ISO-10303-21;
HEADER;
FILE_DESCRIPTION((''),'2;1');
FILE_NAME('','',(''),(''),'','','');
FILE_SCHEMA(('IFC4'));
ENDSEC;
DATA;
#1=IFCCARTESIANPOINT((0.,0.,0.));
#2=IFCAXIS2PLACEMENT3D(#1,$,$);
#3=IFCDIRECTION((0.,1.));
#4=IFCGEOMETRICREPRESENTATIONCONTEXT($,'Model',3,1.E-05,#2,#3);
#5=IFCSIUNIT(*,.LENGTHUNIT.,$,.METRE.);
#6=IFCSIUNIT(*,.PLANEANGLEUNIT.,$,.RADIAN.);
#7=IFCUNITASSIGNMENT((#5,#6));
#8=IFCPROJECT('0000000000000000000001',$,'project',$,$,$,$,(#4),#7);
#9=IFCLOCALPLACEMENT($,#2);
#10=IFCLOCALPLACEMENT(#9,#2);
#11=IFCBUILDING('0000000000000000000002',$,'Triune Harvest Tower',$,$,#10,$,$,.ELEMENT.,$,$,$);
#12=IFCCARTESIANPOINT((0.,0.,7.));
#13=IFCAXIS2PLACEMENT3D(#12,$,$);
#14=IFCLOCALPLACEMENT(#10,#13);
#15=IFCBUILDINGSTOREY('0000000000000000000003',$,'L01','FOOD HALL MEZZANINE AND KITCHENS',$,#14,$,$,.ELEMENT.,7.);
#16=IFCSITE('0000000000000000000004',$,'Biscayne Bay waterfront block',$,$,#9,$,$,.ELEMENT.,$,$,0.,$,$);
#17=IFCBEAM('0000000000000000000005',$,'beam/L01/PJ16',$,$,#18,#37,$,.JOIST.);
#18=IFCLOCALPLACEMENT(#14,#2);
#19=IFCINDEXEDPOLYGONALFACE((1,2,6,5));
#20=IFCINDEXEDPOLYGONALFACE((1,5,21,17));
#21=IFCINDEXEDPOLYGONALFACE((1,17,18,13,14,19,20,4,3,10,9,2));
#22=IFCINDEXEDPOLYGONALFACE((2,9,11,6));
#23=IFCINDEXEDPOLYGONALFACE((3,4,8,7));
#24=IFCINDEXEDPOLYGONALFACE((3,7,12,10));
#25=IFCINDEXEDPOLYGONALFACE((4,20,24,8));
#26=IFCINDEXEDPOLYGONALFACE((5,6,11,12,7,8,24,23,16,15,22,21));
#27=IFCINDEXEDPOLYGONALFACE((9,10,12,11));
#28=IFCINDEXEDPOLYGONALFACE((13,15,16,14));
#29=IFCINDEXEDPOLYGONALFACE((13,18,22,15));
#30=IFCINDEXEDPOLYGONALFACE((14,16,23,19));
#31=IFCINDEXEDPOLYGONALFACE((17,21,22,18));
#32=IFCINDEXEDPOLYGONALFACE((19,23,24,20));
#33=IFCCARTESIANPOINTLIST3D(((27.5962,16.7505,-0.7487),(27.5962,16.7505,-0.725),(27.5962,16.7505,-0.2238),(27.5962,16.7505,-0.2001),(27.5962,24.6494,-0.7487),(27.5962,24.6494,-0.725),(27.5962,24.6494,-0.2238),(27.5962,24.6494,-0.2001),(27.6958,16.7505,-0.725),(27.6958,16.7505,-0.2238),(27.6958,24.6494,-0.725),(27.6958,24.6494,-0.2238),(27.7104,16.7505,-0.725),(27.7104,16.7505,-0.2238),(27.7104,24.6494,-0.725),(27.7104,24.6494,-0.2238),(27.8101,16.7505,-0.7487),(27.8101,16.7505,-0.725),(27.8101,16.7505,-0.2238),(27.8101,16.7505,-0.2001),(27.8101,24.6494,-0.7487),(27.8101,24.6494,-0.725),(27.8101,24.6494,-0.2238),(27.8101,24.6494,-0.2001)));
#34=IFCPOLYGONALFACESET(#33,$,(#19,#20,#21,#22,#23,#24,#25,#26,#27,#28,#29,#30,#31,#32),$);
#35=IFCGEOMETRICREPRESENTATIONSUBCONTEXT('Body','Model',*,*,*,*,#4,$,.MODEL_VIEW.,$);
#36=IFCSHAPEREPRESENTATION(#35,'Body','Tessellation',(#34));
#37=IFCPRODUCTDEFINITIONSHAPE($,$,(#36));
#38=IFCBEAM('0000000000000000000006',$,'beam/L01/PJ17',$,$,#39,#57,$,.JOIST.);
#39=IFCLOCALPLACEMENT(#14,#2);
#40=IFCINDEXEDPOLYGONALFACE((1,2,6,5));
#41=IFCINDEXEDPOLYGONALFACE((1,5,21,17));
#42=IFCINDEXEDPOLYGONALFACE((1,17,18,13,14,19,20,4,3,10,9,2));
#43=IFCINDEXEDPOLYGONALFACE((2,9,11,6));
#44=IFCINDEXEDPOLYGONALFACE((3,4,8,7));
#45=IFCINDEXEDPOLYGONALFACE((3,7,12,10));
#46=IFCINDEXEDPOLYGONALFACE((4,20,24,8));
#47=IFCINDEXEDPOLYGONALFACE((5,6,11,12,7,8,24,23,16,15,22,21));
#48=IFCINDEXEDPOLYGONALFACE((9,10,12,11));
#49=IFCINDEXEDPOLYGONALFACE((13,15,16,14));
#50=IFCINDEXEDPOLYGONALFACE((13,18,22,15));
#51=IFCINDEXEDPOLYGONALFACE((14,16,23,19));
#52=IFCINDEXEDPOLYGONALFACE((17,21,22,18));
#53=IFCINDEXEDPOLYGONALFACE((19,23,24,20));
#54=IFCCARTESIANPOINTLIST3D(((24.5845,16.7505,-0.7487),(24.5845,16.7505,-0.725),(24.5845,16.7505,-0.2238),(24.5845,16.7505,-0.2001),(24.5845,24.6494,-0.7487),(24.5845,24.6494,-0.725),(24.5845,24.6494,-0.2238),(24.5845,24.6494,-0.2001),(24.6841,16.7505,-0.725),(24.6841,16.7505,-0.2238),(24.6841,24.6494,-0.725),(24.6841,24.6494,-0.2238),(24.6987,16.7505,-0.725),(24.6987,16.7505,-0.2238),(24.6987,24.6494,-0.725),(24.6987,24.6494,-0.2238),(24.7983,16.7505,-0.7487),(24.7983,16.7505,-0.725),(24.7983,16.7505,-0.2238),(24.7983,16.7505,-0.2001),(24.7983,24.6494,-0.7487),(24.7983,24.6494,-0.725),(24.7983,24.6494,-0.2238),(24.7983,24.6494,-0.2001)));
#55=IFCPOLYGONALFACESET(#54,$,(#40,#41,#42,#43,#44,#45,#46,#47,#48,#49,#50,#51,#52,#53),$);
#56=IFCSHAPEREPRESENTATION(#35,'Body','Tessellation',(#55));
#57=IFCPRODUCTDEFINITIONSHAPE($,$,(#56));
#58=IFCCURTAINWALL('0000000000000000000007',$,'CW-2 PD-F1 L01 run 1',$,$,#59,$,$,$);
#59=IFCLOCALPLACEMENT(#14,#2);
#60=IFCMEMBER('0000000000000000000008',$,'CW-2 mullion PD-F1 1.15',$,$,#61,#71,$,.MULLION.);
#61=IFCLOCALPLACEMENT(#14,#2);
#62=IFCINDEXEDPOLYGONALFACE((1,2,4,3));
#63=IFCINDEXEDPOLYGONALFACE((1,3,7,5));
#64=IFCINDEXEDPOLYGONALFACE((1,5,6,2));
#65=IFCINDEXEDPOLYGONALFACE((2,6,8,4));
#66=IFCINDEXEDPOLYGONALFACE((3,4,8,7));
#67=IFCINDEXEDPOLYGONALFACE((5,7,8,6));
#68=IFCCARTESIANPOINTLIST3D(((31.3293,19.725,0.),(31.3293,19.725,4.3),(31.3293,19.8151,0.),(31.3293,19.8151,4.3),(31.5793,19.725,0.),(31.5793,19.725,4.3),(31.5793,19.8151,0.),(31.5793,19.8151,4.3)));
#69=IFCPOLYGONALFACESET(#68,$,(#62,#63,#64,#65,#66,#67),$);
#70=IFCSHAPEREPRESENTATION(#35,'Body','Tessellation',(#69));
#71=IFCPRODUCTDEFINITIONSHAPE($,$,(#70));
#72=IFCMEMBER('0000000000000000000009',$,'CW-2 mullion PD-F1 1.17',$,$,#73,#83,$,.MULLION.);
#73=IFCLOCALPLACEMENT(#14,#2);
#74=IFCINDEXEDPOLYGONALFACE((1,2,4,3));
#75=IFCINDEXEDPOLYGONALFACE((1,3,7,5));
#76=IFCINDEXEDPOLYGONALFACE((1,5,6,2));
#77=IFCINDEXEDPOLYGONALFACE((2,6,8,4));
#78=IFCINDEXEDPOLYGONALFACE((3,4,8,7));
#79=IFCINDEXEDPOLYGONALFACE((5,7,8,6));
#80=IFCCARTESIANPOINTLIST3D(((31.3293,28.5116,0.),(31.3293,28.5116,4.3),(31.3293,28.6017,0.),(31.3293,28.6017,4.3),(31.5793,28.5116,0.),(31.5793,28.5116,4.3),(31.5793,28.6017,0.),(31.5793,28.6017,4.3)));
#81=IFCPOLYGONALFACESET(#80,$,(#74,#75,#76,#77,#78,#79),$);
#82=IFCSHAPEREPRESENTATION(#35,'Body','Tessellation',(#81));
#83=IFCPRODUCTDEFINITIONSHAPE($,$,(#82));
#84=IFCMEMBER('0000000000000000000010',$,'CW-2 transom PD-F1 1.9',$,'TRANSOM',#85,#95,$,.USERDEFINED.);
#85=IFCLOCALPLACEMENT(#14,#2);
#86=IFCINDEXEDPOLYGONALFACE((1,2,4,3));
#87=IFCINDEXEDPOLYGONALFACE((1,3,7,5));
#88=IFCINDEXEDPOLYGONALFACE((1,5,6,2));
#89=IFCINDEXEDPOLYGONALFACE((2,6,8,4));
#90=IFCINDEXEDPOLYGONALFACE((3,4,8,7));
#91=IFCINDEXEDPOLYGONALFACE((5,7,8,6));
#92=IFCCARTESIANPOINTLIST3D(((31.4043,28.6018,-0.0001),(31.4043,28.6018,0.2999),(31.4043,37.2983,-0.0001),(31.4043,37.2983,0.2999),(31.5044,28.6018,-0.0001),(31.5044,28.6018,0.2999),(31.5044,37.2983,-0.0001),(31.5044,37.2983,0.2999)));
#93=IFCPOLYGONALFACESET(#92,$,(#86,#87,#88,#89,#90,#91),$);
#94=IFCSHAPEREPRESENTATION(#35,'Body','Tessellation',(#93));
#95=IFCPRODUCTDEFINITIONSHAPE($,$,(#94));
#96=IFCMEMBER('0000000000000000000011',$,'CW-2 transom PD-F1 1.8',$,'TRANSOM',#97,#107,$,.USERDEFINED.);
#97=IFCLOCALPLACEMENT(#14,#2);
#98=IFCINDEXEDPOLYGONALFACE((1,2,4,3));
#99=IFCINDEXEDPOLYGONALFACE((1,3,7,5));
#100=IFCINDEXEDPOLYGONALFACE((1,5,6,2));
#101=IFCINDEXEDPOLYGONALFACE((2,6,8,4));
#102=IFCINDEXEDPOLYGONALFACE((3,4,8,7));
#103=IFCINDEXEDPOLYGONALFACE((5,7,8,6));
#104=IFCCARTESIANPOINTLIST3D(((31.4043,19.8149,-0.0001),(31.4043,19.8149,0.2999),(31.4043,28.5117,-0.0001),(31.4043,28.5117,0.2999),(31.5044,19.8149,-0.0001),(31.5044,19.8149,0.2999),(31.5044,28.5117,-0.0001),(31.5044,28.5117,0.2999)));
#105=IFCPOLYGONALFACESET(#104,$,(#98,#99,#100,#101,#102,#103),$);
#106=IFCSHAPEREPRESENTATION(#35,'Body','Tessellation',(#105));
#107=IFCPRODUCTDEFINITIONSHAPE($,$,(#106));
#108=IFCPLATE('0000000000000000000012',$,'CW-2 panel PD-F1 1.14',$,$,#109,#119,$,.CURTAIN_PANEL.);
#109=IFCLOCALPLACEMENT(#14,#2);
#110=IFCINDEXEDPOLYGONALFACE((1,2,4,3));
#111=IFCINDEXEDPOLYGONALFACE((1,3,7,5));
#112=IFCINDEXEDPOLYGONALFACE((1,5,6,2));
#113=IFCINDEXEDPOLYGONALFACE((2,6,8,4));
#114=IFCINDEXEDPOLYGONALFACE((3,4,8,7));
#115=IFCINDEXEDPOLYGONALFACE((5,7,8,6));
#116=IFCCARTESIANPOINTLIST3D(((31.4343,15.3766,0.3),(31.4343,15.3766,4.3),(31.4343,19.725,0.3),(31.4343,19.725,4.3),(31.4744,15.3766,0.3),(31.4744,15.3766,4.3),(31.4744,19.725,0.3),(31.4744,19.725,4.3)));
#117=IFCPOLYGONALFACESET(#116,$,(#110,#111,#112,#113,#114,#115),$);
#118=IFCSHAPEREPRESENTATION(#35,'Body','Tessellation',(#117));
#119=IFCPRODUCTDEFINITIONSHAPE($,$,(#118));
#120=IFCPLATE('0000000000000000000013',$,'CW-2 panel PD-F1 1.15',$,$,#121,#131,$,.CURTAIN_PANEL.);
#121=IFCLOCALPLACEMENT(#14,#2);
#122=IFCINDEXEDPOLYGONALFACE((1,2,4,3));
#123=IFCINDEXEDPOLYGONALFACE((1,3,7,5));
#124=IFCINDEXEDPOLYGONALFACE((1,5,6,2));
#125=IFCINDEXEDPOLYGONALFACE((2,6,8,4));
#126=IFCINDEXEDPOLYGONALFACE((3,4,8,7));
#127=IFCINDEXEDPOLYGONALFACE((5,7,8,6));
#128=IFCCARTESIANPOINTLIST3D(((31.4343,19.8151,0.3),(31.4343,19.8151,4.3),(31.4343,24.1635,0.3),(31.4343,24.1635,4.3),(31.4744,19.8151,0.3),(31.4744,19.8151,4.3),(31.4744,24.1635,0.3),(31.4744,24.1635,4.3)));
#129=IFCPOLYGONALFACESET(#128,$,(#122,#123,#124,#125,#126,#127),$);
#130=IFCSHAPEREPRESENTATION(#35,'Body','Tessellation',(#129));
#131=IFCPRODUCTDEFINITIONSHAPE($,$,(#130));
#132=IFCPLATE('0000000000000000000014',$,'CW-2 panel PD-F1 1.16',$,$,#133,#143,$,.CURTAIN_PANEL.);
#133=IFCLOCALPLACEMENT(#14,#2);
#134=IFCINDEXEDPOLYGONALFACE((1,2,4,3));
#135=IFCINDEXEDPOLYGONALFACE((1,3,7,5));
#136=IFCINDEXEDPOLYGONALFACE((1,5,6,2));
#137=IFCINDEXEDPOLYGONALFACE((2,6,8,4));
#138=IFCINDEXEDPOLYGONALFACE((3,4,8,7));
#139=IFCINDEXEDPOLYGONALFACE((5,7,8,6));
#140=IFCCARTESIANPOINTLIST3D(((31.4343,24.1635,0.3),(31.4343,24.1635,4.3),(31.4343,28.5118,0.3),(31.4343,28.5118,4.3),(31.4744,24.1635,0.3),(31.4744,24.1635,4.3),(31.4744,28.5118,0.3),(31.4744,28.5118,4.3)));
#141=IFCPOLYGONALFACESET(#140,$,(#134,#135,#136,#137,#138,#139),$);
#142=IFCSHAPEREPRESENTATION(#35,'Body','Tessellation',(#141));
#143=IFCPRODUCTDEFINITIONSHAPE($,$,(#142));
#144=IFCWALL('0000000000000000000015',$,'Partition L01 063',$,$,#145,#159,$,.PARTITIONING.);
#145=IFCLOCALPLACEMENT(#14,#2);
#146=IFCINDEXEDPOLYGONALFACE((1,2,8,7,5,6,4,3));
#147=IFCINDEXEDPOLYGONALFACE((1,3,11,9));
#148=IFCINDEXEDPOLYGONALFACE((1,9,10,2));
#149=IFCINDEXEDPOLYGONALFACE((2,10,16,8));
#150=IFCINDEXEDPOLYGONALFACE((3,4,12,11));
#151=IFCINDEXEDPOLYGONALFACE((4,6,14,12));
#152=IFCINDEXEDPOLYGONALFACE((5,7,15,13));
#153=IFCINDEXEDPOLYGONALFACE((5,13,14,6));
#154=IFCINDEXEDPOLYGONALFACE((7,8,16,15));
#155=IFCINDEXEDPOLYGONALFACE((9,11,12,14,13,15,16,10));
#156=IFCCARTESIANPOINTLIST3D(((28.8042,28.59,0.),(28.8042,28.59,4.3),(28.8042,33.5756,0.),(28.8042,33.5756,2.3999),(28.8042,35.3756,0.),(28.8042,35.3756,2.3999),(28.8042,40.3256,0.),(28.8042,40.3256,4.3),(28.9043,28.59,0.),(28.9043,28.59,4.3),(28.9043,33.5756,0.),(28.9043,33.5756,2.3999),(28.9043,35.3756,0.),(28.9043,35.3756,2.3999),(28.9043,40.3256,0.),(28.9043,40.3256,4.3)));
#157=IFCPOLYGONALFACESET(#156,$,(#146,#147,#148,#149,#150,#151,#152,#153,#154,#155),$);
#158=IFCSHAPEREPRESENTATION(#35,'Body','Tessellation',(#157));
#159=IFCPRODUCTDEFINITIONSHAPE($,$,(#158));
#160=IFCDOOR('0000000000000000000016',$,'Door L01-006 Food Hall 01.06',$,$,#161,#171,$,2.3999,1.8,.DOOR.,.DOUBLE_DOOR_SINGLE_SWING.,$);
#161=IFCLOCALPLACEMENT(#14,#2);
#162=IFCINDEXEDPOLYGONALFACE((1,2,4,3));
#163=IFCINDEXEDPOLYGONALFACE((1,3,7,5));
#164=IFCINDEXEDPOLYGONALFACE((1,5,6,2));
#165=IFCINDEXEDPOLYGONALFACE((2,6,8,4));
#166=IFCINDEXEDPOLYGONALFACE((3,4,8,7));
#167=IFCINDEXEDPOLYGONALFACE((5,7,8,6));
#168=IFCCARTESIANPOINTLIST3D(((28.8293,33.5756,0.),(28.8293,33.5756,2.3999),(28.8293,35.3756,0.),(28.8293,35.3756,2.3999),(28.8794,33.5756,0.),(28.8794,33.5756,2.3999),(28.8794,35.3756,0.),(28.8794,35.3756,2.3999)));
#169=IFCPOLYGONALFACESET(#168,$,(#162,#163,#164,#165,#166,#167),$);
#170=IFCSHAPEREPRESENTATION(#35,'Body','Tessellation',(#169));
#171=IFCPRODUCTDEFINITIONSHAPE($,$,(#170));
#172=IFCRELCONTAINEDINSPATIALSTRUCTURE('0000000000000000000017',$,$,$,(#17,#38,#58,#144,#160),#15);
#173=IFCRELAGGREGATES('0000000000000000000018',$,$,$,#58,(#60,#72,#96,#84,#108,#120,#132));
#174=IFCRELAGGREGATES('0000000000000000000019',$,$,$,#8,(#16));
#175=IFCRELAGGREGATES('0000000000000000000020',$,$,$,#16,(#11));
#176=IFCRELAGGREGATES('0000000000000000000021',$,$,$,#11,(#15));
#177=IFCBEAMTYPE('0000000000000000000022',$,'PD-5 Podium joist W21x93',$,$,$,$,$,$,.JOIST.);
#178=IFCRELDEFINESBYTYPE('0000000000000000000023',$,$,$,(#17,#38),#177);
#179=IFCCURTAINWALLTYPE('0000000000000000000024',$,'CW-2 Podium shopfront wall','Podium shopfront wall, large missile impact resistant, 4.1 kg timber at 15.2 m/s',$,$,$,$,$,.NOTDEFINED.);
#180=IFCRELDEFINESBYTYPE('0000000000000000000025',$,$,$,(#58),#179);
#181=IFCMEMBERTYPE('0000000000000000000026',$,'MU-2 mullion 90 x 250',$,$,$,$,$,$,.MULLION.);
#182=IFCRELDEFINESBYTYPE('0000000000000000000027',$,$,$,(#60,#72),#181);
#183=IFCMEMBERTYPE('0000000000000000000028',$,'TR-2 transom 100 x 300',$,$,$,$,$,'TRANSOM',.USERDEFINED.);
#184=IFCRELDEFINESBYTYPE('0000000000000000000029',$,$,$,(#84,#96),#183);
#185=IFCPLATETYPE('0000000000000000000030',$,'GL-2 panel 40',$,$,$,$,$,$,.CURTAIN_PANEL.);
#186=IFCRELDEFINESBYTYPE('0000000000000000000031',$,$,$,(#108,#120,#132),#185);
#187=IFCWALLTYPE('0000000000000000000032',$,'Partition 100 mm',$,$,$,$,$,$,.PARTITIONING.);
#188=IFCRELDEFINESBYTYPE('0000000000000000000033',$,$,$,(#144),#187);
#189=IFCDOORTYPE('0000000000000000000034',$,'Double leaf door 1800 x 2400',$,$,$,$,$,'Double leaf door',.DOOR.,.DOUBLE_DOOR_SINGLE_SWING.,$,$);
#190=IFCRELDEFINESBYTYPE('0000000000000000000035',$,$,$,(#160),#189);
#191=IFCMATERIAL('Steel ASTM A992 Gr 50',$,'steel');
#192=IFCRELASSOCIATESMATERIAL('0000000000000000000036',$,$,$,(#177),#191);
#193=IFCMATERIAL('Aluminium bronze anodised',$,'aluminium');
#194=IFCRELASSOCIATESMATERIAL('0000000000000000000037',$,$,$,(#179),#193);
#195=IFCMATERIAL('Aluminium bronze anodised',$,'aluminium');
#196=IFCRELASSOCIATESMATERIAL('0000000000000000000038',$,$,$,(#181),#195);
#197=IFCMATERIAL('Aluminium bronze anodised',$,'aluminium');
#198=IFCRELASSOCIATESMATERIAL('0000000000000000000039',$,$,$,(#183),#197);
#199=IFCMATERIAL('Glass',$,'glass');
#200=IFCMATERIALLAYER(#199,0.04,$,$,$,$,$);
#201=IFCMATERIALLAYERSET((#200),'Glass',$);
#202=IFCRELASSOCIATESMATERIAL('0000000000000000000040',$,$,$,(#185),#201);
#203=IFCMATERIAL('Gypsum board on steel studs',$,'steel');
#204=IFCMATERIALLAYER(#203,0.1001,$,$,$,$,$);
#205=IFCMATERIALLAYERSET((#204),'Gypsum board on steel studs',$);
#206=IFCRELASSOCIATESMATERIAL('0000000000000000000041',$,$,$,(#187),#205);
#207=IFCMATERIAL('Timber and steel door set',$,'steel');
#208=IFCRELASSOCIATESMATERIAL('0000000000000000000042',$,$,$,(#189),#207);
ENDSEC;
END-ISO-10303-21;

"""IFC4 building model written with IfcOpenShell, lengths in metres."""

from ifc_helpers import new_model, si_unit, direction, frame, frame_2d, origin, origin_2d, place, context, subcontext, project, spatial, rectangle, i_section, extrude, source, transform, mapped, material, layer, layer_set, material_profile, profile_set, type_object, element, fill, aggregate, save


model = new_model("IFC4")

# Units and contexts
model_context = context("Model", 3, precision=1e-05, world=origin(), true_north=direction((0.0, 1.0)))
body_context = subcontext(model_context, "Body", "Model", "MODEL_VIEW")
ifc_project = project(units=[si_unit("LENGTHUNIT", "METRE"), si_unit("PLANEANGLEUNIT", "RADIAN")], contexts=[model_context])

# Site, building, storey
site_placement = place(None, origin())
site = spatial("IfcSite", under=ifc_project, at=site_placement, Name="Biscayne Bay waterfront block", CompositionType="ELEMENT", RefElevation=0.0)
building_placement = place(site_placement, origin())
building = spatial("IfcBuilding", under=site, at=building_placement, Name="Triune Harvest Tower", CompositionType="ELEMENT")
storey_placement = place(building_placement, frame((0.0, 0.0, 7.0)))
storey = spatial("IfcBuildingStorey", under=building, at=storey_placement, Name="L01", Description="FOOD HALL MEZZANINE AND KITCHENS", CompositionType="ELEMENT", Elevation=7.0)

# Beams
ifc_material_1 = material(Name="Steel ASTM A992 Gr 50", Category="steel")
ifc_material_profile_1 = material_profile(ifc_material_1, i_section(OverallWidth=0.2139, OverallDepth=0.5486, WebThickness=0.0146, FlangeThickness=0.0237, at=origin_2d()), Name="W21x93")
ifc_profile_set_1 = profile_set([ifc_material_profile_1], Name="Steel ASTM A992 Gr 50")
beam_type_1 = type_object("IfcBeamType", Name="PD-5 Podium joist W21x93", PredefinedType="JOIST", material=ifc_profile_set_1)
shared_shape_1 = source(origin(), body_context, "Body", "SweptSolid", [
    extrude(i_section(OverallWidth=0.2139, OverallDepth=0.5486, WebThickness=0.0146, FlangeThickness=0.0237, at=origin_2d()), origin(), (0.0, 0.0, 1.0), 7.8989),
])
for number, where, z_axis, x_axis, name in (
    (1, (27.7031, 16.7505, -0.4744), (0.0, 1.0, 0.0), (-1.0, 0.0, 0.0), "beam/L01/PJ16"),
    (2, (24.6914, 16.7505, -0.4744), (0.0, 1.0, 0.0), (-1.0, 0.0, 0.0), "beam/L01/PJ17"),
):
    element("IfcBeam", number, at=place(storey_placement, frame(where, z_axis=z_axis, x_axis=x_axis)), inside=storey, type_object=beam_type_1, Name=name, PredefinedType="JOIST", context=body_context, shape_type="MappedRepresentation", body=[
        mapped(shared_shape_1, transform((0.0, 0.0, 0.0), scale=1.0)),
    ])

# Curtain wall, members, plates
ifc_material_2 = material(Name="Aluminium bronze anodised", Category="aluminium")
curtain_wall_type = type_object("IfcCurtainWallType", Name="CW-2 Podium shopfront wall", Description="Podium shopfront wall, large missile impact resistant, 4.1 kg timber at 15.2 m/s", PredefinedType="NOTDEFINED", material=ifc_material_2)
curtain_wall_placement = place(storey_placement, origin())
curtain_wall = element("IfcCurtainWall", 3, at=curtain_wall_placement, inside=storey, type_object=curtain_wall_type, Name="CW-2 PD-F1 L01 run 1")
ifc_material_3 = material(Name="Aluminium bronze anodised", Category="aluminium")
ifc_material_profile_2 = material_profile(ifc_material_3, rectangle(XDim=0.25, YDim=0.0901, at=origin_2d()), Name="MU-2 mullion 90 x 250")
ifc_profile_set_2 = profile_set([ifc_material_profile_2], Name="Aluminium bronze anodised")
member_type_1 = type_object("IfcMemberType", Name="MU-2 mullion 90 x 250", PredefinedType="MULLION", material=ifc_profile_set_2)
shared_shape_2 = source(origin(), body_context, "Body", "SweptSolid", [
    extrude(rectangle(XDim=0.25, YDim=0.0901, at=origin_2d()), origin(), (0.0, 0.0, 1.0), 4.3),
])
member_1_placement = place(storey_placement, frame((31.4543, 19.77, 0.0), z_axis=(0.0, 0.0, 1.0), x_axis=(-1.0, 0.0, 0.0)))
member_1 = element("IfcMember", 4, at=member_1_placement, type_object=member_type_1, Name="CW-2 mullion PD-F1 1.15", PredefinedType="MULLION", context=body_context, shape_type="MappedRepresentation", body=[
    mapped(shared_shape_2, transform((0.0, 0.0, 0.0), scale=1.0)),
])
member_2_placement = place(storey_placement, frame((31.4543, 28.5566, 0.0), z_axis=(0.0, 0.0, 1.0), x_axis=(-1.0, 0.0, 0.0)))
member_2 = element("IfcMember", 5, at=member_2_placement, type_object=member_type_1, Name="CW-2 mullion PD-F1 1.17", PredefinedType="MULLION", context=body_context, shape_type="MappedRepresentation", body=[
    mapped(shared_shape_2, transform((0.0, 0.0, 0.0), scale=1.0)),
])
ifc_material_4 = material(Name="Aluminium bronze anodised", Category="aluminium")
ifc_material_profile_3 = material_profile(ifc_material_4, rectangle(XDim=0.1001, YDim=0.3, at=origin_2d()), Name="TR-2 transom 100 x 300")
ifc_profile_set_3 = profile_set([ifc_material_profile_3], Name="Aluminium bronze anodised")
member_type_2 = type_object("IfcMemberType", Name="TR-2 transom 100 x 300", ElementType="TRANSOM", PredefinedType="USERDEFINED", material=ifc_profile_set_3)
shared_shape_3 = source(origin(), body_context, "Body", "SweptSolid", [
    extrude(rectangle(XDim=0.1001, YDim=0.3, at=origin_2d()), origin(), (0.0, 0.0, 1.0), 8.6965),
])
member_3_placement = place(storey_placement, frame((31.4543, 28.6018, 0.1499), z_axis=(0.0, 1.0, 0.0), x_axis=(-1.0, 0.0, 0.0)))
member_3 = element("IfcMember", 6, at=member_3_placement, type_object=member_type_2, Name="CW-2 transom PD-F1 1.9", ObjectType="TRANSOM", PredefinedType="USERDEFINED", context=body_context, shape_type="MappedRepresentation", body=[
    mapped(shared_shape_3, transform((0.0, 0.0, 0.0), scale=1.0)),
])
shared_shape_4 = source(origin(), body_context, "Body", "SweptSolid", [
    extrude(rectangle(XDim=0.1001, YDim=0.3, at=origin_2d()), origin(), (0.0, 0.0, 1.0), 8.6968),
])
member_4_placement = place(storey_placement, frame((31.4543, 19.8149, 0.1499), z_axis=(0.0, 1.0, 0.0), x_axis=(-1.0, 0.0, 0.0)))
member_4 = element("IfcMember", 7, at=member_4_placement, type_object=member_type_2, Name="CW-2 transom PD-F1 1.8", ObjectType="TRANSOM", PredefinedType="USERDEFINED", context=body_context, shape_type="MappedRepresentation", body=[
    mapped(shared_shape_4, transform((0.0, 0.0, 0.0), scale=1.0)),
])
ifc_material_5 = material(Name="Glass", Category="glass")
ifc_layer_1 = layer(ifc_material_5, 0.04)
ifc_layer_set_1 = layer_set([ifc_layer_1], Name="Glass")
plate_type = type_object("IfcPlateType", Name="GL-2 panel 40", PredefinedType="CURTAIN_PANEL", material=ifc_layer_set_1)
shared_shape_5 = source(origin(), body_context, "Body", "SweptSolid", [
    extrude(rectangle(XDim=4.3484, YDim=0.04, at=origin_2d()), origin(), (0.0, 0.0, 1.0), 4.0),
])
plate_1_placement = place(storey_placement, frame((31.4543, 17.5508, 0.3), z_axis=(0.0, 0.0, 1.0), x_axis=(0.0, 1.0, 0.0)))
plate_1 = element("IfcPlate", 8, at=plate_1_placement, type_object=plate_type, Name="CW-2 panel PD-F1 1.14", PredefinedType="CURTAIN_PANEL", context=body_context, shape_type="MappedRepresentation", body=[
    mapped(shared_shape_5, transform((0.0, 0.0, 0.0), scale=1.0)),
])
plate_2_placement = place(storey_placement, frame((31.4543, 21.9893, 0.3), z_axis=(0.0, 0.0, 1.0), x_axis=(0.0, 1.0, 0.0)))
plate_2 = element("IfcPlate", 9, at=plate_2_placement, type_object=plate_type, Name="CW-2 panel PD-F1 1.15", PredefinedType="CURTAIN_PANEL", context=body_context, shape_type="MappedRepresentation", body=[
    mapped(shared_shape_5, transform((0.0, 0.0, 0.0), scale=1.0)),
])
plate_3_placement = place(storey_placement, frame((31.4543, 26.3376, 0.3), z_axis=(0.0, 0.0, 1.0), x_axis=(0.0, 1.0, 0.0)))
plate_3 = element("IfcPlate", 10, at=plate_3_placement, type_object=plate_type, Name="CW-2 panel PD-F1 1.16", PredefinedType="CURTAIN_PANEL", context=body_context, shape_type="MappedRepresentation", body=[
    mapped(shared_shape_5, transform((0.0, 0.0, 0.0), scale=1.0)),
])
aggregate(curtain_wall, [member_1, member_2, member_4, member_3, plate_1, plate_2, plate_3])

# Wall, opening, door
ifc_material_6 = material(Name="Gypsum board on steel studs", Category="steel")
ifc_layer_2 = layer(ifc_material_6, 0.1001)
ifc_layer_set_2 = layer_set([ifc_layer_2], Name="Gypsum board on steel studs")
wall_type = type_object("IfcWallType", Name="Partition 100 mm", PredefinedType="PARTITIONING", material=ifc_layer_set_2)
wall_1_placement = place(storey_placement, frame((28.8542, 28.5901, 0.0), z_axis=(0.0, 0.0, 1.0), x_axis=(0.0, 1.0, 0.0)))
wall_1 = element("IfcWall", 11, at=wall_1_placement, inside=storey, type_object=wall_type, Name="Partition L01 063", PredefinedType="PARTITIONING", context=body_context, shape_type="SweptSolid", body=[
    extrude(rectangle(XDim=11.7356, YDim=0.1001, at=frame_2d((5.8677, 0.0))), origin(), (0.0, 0.0, 1.0), 4.3),
])
opening_placement = place(wall_1_placement, frame((4.9856, 0.0, 0.0)))
opening = element("IfcOpeningElement", 12, at=opening_placement, cuts=wall_1, PredefinedType="OPENING", context=body_context, shape_type="SweptSolid", body=[
    extrude(rectangle(XDim=1.8, YDim=2.3999, at=frame_2d((0.8999, 1.2))), frame((0.0, 0.0601, 0.0), z_axis=(0.0, -1.0, 0.0), x_axis=(1.0, 0.0, 0.0)), (0.0, 0.0, 1.0), 0.1201),
])
ifc_material_7 = material(Name="Timber and steel door set", Category="steel")
door_type = type_object("IfcDoorType", Name="Double leaf door 1800 x 2400", ElementType="Double leaf door", OperationType="DOUBLE_DOOR_SINGLE_SWING", PredefinedType="DOOR", material=ifc_material_7)
door_placement = place(opening_placement, origin())
door = element("IfcDoor", 13, at=door_placement, inside=storey, type_object=door_type, Name="Door L01-006 Food Hall 01.06", OperationType="DOUBLE_DOOR_SINGLE_SWING", OverallHeight=2.3999, OverallWidth=1.8, PredefinedType="DOOR", context=body_context, shape_type="SweptSolid", body=[
    extrude(rectangle(XDim=1.8, YDim=2.3999, at=frame_2d((0.8999, 1.2))), frame((0.0, 0.0249, 0.0), z_axis=(0.0, -1.0, 0.0), x_axis=(1.0, 0.0, 0.0)), (0.0, 0.0, 1.0), 0.05),
])
fill(opening, door)

save(model, "model.ifc")
